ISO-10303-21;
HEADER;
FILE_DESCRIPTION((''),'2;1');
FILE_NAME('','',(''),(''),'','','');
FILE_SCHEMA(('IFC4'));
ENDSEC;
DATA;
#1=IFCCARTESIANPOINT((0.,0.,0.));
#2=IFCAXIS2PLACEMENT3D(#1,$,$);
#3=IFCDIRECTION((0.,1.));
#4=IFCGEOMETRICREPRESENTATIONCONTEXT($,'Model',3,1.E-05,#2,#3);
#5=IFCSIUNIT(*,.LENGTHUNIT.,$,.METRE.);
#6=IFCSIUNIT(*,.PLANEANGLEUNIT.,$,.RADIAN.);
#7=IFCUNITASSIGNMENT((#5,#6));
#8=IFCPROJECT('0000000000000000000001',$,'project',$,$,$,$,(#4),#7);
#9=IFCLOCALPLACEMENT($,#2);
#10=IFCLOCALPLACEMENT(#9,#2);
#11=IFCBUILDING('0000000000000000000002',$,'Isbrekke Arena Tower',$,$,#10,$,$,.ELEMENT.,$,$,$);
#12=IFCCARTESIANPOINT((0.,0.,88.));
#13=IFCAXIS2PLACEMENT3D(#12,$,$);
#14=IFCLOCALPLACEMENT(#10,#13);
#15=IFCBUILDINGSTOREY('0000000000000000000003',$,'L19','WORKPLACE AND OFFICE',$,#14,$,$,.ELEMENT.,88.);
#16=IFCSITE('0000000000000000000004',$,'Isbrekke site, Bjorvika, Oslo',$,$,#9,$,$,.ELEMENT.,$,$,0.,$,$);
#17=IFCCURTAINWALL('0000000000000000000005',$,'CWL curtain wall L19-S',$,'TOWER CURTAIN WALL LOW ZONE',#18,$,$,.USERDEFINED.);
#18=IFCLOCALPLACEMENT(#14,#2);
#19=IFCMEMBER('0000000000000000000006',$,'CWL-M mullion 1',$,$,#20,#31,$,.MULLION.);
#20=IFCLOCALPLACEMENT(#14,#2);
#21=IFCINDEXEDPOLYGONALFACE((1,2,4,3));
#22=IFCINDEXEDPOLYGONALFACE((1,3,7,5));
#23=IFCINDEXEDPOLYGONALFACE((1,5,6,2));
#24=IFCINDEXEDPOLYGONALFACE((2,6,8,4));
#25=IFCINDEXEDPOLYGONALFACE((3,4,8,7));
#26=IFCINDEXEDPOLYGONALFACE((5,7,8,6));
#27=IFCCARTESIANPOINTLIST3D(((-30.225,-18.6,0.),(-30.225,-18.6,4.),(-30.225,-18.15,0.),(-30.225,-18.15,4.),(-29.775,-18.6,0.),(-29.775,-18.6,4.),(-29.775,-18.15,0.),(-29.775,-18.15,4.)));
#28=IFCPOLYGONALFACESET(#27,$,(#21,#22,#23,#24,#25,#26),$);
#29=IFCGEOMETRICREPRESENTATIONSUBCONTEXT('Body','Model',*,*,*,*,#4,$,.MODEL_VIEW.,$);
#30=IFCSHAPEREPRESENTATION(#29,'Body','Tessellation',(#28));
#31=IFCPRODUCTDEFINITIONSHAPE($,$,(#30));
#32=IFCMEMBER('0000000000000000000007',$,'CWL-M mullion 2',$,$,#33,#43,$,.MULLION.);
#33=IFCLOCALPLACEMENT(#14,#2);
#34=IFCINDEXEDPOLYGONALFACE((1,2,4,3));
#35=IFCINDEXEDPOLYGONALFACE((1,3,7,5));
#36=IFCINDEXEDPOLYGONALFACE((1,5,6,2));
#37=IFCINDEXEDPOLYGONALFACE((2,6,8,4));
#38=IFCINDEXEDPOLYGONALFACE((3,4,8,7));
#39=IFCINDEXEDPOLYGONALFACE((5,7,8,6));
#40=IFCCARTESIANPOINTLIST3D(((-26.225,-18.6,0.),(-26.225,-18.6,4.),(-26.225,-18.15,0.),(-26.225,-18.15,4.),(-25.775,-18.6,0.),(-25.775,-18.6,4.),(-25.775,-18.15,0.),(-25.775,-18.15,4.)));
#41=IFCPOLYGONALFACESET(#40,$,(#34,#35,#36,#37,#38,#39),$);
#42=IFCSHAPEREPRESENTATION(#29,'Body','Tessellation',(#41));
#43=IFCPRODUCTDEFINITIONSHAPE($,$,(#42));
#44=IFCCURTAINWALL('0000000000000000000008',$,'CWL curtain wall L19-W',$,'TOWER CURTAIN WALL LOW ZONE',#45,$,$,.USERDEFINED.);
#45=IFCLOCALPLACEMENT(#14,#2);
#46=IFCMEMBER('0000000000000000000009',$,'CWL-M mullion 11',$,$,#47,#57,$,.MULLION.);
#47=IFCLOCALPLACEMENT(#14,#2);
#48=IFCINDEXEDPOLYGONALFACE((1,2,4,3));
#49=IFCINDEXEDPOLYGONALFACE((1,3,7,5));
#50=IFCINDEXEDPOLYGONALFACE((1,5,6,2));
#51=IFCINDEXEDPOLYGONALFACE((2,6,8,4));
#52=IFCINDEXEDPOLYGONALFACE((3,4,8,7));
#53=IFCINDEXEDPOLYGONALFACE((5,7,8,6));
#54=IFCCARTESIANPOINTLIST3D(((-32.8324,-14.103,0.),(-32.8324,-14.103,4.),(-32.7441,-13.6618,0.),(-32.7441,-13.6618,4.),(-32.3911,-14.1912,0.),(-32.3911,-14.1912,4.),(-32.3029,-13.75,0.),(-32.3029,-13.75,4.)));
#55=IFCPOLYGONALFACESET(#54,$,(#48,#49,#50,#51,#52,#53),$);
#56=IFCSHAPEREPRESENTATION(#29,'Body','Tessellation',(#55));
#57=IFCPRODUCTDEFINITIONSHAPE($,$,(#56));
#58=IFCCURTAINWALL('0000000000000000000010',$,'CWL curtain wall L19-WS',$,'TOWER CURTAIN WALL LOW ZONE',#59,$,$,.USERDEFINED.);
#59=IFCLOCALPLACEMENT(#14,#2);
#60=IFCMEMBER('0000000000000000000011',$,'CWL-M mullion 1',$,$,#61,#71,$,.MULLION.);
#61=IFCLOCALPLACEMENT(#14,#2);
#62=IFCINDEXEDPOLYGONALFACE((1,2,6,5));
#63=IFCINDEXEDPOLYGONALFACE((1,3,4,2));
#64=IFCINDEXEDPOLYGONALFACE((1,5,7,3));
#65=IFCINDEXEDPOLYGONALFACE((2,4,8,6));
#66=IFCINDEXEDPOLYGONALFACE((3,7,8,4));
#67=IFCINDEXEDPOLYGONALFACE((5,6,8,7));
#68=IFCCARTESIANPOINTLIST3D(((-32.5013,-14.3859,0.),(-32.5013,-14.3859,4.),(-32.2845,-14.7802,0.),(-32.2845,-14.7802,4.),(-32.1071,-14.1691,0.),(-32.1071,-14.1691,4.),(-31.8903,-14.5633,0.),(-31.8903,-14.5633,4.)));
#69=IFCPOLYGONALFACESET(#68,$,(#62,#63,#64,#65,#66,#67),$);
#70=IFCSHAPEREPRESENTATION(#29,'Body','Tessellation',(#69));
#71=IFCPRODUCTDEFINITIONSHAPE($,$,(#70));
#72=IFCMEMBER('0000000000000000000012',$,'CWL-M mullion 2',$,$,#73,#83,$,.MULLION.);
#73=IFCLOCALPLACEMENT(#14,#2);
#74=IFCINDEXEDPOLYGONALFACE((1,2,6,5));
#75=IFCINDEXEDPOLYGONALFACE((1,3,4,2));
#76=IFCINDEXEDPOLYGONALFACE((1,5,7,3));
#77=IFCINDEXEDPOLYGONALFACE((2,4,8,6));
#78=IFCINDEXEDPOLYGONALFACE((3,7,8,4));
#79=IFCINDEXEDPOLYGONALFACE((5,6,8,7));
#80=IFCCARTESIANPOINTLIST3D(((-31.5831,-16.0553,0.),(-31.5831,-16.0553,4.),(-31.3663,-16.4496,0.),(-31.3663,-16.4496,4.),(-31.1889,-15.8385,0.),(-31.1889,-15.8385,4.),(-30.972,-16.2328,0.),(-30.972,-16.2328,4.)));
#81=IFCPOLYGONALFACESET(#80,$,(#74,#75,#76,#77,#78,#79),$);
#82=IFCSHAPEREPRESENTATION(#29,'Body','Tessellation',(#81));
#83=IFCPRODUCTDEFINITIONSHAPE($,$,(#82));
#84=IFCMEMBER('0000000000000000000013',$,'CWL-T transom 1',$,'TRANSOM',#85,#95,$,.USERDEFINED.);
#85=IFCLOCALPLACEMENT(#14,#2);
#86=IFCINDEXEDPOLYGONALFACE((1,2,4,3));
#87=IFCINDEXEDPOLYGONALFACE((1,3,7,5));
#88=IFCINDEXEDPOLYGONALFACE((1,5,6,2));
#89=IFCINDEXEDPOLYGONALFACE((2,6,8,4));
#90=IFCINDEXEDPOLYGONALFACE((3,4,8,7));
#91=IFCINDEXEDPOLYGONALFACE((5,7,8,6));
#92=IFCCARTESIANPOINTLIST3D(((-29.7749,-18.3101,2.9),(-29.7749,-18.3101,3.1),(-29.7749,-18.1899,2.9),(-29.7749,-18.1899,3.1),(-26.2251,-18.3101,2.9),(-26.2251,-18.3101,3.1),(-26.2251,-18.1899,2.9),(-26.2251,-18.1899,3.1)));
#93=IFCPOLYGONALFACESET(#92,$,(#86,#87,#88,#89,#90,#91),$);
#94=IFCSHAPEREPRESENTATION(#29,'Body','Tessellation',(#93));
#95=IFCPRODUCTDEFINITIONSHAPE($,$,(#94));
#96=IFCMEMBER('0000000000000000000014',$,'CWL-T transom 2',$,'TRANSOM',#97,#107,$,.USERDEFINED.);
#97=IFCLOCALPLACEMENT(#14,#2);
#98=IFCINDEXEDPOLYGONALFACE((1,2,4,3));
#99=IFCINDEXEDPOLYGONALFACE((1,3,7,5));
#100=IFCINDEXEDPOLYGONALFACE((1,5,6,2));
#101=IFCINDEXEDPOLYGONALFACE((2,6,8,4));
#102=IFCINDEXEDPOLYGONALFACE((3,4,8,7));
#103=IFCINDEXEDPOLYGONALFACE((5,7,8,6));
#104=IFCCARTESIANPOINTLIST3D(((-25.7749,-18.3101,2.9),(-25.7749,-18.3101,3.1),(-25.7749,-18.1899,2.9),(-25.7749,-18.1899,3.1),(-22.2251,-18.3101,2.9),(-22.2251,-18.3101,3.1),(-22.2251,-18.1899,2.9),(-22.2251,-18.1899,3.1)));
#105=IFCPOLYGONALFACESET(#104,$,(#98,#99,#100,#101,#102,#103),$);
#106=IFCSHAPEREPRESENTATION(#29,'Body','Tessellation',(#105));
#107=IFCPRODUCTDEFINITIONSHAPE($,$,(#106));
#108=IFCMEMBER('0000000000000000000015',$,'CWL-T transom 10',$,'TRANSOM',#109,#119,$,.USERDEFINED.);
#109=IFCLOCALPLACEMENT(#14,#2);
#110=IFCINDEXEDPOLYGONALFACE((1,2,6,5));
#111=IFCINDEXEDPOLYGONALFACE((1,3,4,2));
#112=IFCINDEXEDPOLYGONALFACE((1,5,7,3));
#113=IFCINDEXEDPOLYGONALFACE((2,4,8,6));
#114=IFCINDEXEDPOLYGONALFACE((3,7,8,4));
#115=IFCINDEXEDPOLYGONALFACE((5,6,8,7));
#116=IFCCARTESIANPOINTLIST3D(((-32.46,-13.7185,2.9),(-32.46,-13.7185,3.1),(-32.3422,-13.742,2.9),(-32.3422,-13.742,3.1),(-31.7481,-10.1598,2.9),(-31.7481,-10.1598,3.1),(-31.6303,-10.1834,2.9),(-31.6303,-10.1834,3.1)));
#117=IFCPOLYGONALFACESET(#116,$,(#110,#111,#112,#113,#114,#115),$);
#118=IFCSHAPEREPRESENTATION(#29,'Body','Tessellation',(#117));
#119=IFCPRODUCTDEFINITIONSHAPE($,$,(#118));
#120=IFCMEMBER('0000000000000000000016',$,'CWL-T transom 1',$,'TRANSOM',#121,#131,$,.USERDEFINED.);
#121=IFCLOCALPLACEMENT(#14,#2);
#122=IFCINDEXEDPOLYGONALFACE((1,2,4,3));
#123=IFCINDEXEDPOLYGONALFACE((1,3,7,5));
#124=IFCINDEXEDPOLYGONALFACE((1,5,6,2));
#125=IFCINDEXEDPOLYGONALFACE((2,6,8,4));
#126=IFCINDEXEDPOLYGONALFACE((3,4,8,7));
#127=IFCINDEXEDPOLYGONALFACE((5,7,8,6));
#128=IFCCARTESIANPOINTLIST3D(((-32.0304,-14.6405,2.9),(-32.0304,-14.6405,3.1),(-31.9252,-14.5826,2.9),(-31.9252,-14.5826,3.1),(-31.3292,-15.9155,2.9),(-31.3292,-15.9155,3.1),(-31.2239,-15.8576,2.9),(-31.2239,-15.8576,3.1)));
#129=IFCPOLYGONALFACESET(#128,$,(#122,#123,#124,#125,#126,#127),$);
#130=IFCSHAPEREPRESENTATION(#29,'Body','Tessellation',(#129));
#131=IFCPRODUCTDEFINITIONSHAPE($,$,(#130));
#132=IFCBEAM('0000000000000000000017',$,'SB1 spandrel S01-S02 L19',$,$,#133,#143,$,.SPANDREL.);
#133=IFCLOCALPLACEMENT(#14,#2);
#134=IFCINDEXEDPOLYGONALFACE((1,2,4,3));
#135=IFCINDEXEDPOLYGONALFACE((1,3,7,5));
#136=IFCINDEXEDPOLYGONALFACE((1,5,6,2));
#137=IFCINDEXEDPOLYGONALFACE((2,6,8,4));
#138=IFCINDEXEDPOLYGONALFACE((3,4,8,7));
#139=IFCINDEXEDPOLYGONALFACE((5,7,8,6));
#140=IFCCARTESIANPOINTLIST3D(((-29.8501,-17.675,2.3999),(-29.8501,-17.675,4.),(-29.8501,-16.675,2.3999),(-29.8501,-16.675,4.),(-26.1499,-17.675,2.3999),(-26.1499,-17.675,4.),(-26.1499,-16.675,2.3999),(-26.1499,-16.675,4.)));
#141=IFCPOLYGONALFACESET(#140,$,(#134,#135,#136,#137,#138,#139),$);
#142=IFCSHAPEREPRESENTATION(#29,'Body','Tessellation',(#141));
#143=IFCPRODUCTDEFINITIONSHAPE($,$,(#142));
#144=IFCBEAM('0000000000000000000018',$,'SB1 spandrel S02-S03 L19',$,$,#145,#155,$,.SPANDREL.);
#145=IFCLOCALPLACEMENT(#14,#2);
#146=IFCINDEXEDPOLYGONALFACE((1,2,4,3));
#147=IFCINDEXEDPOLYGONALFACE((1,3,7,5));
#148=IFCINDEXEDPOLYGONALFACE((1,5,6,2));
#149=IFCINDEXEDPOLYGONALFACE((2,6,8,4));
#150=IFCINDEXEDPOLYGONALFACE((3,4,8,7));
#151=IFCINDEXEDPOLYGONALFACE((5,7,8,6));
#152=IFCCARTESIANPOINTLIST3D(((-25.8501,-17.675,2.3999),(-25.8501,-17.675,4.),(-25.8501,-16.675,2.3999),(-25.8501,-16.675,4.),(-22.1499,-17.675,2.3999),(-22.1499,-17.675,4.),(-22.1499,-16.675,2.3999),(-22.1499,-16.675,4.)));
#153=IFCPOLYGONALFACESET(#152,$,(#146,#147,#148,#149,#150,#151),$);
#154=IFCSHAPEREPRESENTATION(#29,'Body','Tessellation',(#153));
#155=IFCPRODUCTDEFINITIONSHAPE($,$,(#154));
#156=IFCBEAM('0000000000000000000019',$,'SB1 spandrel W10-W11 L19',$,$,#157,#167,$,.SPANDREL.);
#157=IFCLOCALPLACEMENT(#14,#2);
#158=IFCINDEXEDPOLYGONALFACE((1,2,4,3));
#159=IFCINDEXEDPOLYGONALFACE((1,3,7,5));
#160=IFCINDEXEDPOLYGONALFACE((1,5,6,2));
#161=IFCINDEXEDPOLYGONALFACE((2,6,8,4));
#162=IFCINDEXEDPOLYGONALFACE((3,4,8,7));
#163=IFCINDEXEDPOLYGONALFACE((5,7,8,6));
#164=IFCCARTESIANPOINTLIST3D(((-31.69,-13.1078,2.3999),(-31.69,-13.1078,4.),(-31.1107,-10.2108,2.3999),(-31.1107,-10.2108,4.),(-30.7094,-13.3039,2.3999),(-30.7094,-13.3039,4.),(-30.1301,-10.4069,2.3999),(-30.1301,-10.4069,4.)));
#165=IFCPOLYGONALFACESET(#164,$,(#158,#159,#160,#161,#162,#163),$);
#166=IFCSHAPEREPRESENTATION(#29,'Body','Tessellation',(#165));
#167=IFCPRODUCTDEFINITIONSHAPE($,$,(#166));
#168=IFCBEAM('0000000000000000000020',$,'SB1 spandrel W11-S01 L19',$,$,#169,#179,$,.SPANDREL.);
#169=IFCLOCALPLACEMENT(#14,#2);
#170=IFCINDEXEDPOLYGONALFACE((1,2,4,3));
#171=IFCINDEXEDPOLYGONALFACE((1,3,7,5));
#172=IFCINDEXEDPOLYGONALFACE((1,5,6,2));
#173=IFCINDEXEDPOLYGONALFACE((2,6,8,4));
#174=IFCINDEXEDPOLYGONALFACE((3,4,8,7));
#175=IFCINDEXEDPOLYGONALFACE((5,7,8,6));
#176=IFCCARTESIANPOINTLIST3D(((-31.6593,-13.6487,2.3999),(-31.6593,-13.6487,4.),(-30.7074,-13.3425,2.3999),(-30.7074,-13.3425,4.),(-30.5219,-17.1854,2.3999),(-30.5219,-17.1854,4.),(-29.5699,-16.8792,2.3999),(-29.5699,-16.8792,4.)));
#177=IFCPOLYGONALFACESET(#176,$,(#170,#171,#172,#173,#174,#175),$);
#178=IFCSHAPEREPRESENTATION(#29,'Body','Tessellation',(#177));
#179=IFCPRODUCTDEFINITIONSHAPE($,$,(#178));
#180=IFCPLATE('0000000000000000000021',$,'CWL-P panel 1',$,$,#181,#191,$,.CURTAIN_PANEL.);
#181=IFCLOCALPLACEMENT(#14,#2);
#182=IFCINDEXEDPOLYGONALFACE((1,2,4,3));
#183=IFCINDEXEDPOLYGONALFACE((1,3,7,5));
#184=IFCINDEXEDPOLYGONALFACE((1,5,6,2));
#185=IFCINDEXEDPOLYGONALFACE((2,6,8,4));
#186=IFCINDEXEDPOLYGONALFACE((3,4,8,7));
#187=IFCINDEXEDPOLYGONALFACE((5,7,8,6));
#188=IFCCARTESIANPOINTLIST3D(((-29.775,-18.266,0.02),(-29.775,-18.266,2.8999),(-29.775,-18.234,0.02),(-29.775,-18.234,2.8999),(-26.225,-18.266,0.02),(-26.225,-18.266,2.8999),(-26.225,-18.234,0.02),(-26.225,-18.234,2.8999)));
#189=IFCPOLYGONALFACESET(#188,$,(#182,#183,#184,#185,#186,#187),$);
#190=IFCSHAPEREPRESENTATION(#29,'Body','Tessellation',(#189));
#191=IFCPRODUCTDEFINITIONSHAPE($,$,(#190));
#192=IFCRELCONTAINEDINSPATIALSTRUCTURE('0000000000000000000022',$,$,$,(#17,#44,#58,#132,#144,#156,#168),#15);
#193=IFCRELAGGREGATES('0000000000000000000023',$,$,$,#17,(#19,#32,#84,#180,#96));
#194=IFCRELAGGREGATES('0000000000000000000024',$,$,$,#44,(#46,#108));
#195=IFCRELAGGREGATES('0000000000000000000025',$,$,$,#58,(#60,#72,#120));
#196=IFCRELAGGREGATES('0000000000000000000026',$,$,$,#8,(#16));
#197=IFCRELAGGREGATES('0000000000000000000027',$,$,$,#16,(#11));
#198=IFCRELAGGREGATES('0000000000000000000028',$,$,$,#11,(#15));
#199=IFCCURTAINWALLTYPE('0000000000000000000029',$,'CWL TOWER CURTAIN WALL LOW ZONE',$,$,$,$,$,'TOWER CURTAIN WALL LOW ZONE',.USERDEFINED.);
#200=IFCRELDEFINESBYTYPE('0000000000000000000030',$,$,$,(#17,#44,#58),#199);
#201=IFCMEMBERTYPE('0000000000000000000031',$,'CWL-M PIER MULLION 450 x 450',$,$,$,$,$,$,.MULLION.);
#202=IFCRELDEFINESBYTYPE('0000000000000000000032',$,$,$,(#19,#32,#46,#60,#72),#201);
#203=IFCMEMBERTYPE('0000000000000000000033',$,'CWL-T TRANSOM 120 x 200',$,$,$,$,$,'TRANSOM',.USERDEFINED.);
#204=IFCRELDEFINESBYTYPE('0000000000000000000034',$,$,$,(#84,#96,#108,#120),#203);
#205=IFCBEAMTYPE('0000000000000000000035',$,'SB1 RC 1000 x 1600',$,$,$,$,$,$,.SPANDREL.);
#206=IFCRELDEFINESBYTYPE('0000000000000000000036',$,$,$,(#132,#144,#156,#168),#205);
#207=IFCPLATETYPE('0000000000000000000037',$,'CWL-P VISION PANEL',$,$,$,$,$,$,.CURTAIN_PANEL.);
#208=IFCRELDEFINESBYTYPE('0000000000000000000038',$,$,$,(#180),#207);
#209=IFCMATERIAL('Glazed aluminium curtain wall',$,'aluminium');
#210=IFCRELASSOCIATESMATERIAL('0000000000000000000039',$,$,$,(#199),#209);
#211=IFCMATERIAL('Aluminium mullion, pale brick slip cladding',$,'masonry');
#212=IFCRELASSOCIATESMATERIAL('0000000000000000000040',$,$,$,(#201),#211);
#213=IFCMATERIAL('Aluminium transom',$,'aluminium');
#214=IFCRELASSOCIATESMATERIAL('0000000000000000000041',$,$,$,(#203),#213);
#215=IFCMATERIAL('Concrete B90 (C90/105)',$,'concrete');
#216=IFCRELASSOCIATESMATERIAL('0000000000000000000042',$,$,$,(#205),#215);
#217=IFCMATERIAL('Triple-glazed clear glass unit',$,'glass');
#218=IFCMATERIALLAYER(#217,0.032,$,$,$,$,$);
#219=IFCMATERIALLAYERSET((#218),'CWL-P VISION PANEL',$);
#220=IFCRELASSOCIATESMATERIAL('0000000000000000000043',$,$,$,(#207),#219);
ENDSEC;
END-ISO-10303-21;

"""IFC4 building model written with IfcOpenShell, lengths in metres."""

from ifc_helpers import new_model, si_unit, direction, frame, origin, origin_2d, place, context, subcontext, project, spatial, rectangle, extrude, material, layer, layer_set, material_profile, profile_set, type_object, element, aggregate, save


model = new_model("IFC4")

# Units and contexts
model_context = context("Model", 3, precision=1e-05, world=origin(), true_north=direction((0.0, 1.0)))
body_context = subcontext(model_context, "Body", "Model", "MODEL_VIEW")
ifc_project = project(units=[si_unit("LENGTHUNIT", "METRE"), si_unit("PLANEANGLEUNIT", "RADIAN")], contexts=[model_context])

# Site, building, storey
site_placement = place(None, origin())
site = spatial("IfcSite", under=ifc_project, at=site_placement, Name="Isbrekke site, Bjorvika, Oslo", CompositionType="ELEMENT", RefElevation=0.0)
building_placement = place(site_placement, origin())
building = spatial("IfcBuilding", under=site, at=building_placement, Name="Isbrekke Arena Tower", CompositionType="ELEMENT")
storey_placement = place(building_placement, frame((0.0, 0.0, 88.0)))
storey = spatial("IfcBuildingStorey", under=building, at=storey_placement, Name="L19", Description="WORKPLACE AND OFFICE", CompositionType="ELEMENT", Elevation=88.0)

# Curtain wall, members
ifc_material_1 = material(Name="Glazed aluminium curtain wall", Category="aluminium")
curtain_wall_type = type_object("IfcCurtainWallType", Name="CWL TOWER CURTAIN WALL LOW ZONE", ElementType="TOWER CURTAIN WALL LOW ZONE", PredefinedType="USERDEFINED", material=ifc_material_1)
curtain_wall_1_placement = place(storey_placement, origin())
curtain_wall_1 = element("IfcCurtainWall", 1, at=curtain_wall_1_placement, inside=storey, type_object=curtain_wall_type, Name="CWL curtain wall L19-S", ObjectType="TOWER CURTAIN WALL LOW ZONE", PredefinedType="USERDEFINED")
ifc_material_2 = material(Name="Aluminium mullion, pale brick slip cladding", Category="masonry")
ifc_material_profile_1 = material_profile(ifc_material_2, rectangle(XDim=0.45, YDim=0.45, at=origin_2d()), Name="PIER 450X450")
ifc_profile_set_1 = profile_set([ifc_material_profile_1], Name="Aluminium mullion, pale brick slip cladding")
member_type_1 = type_object("IfcMemberType", Name="CWL-M PIER MULLION 450 x 450", PredefinedType="MULLION", material=ifc_profile_set_1)
member_1_placement = place(storey_placement, frame((-30.0, -18.375, 0.0), z_axis=(0.0, 0.0, 1.0), x_axis=(1.0, 0.0, 0.0)))
member_1 = element("IfcMember", 2, at=member_1_placement, type_object=member_type_1, Name="CWL-M mullion 1", PredefinedType="MULLION", context=body_context, shape_type="SweptSolid", body=[
    extrude(rectangle(XDim=0.45, YDim=0.45, at=origin_2d()), origin(), (0.0, 0.0, 1.0), 4.0),
])
member_2_placement = place(storey_placement, frame((-26.0, -18.375, 0.0), z_axis=(0.0, 0.0, 1.0), x_axis=(1.0, 0.0, 0.0)))
member_2 = element("IfcMember", 3, at=member_2_placement, type_object=member_type_1, Name="CWL-M mullion 2", PredefinedType="MULLION", context=body_context, shape_type="SweptSolid", body=[
    extrude(rectangle(XDim=0.45, YDim=0.45, at=origin_2d()), origin(), (0.0, 0.0, 1.0), 4.0),
])

# Curtain wall, member
curtain_wall_2_placement = place(storey_placement, origin())
curtain_wall_2 = element("IfcCurtainWall", 4, at=curtain_wall_2_placement, inside=storey, type_object=curtain_wall_type, Name="CWL curtain wall L19-W", ObjectType="TOWER CURTAIN WALL LOW ZONE", PredefinedType="USERDEFINED")
member_3_placement = place(storey_placement, frame((-32.5676, -13.9265, 0.0), z_axis=(0.0, 0.0, 1.0), x_axis=(-0.196116, -0.980581, 0.0)))
member_3 = element("IfcMember", 5, at=member_3_placement, type_object=member_type_1, Name="CWL-M mullion 11", PredefinedType="MULLION", context=body_context, shape_type="SweptSolid", body=[
    extrude(rectangle(XDim=0.45, YDim=0.45, at=origin_2d()), origin(), (0.0, 0.0, 1.0), 4.0),
])

# Curtain wall, members
curtain_wall_3_placement = place(storey_placement, origin())
curtain_wall_3 = element("IfcCurtainWall", 6, at=curtain_wall_3_placement, inside=storey, type_object=curtain_wall_type, Name="CWL curtain wall L19-WS", ObjectType="TOWER CURTAIN WALL LOW ZONE", PredefinedType="USERDEFINED")
member_4_placement = place(storey_placement, frame((-32.1958, -14.4746, 0.0), z_axis=(0.0, 0.0, 1.0), x_axis=(0.481919, -0.876216, 0.0)))
member_4 = element("IfcMember", 7, at=member_4_placement, type_object=member_type_1, Name="CWL-M mullion 1", PredefinedType="MULLION", context=body_context, shape_type="SweptSolid", body=[
    extrude(rectangle(XDim=0.45, YDim=0.45, at=origin_2d()), origin(), (0.0, 0.0, 1.0), 4.0),
])
member_5_placement = place(storey_placement, frame((-31.2776, -16.144, 0.0), z_axis=(0.0, 0.0, 1.0), x_axis=(0.481919, -0.876216, 0.0)))
member_5 = element("IfcMember", 8, at=member_5_placement, type_object=member_type_1, Name="CWL-M mullion 2", PredefinedType="MULLION", context=body_context, shape_type="SweptSolid", body=[
    extrude(rectangle(XDim=0.45, YDim=0.45, at=origin_2d()), origin(), (0.0, 0.0, 1.0), 4.0),
])

# Members
ifc_material_3 = material(Name="Aluminium transom", Category="aluminium")
ifc_material_profile_2 = material_profile(ifc_material_3, rectangle(XDim=0.1201, YDim=0.2, at=origin_2d()), Name="TRANSOM 120X200")
ifc_profile_set_2 = profile_set([ifc_material_profile_2], Name="Aluminium transom")
member_type_2 = type_object("IfcMemberType", Name="CWL-T TRANSOM 120 x 200", ElementType="TRANSOM", PredefinedType="USERDEFINED", material=ifc_profile_set_2)
member_6_placement = place(storey_placement, frame((-29.7749, -18.25, 3.0), z_axis=(1.0, 0.0, 0.0), x_axis=(0.0, 1.0, 0.0)))
member_6 = element("IfcMember", 9, at=member_6_placement, type_object=member_type_2, Name="CWL-T transom 1", ObjectType="TRANSOM", PredefinedType="USERDEFINED", context=body_context, shape_type="SweptSolid", body=[
    extrude(rectangle(XDim=0.1201, YDim=0.2, at=origin_2d()), origin(), (0.0, 0.0, 1.0), 3.5498),
])
member_7_placement = place(storey_placement, frame((-25.7749, -18.25, 3.0), z_axis=(1.0, 0.0, 0.0), x_axis=(0.0, 1.0, 0.0)))
member_7 = element("IfcMember", 10, at=member_7_placement, type_object=member_type_2, Name="CWL-T transom 2", ObjectType="TRANSOM", PredefinedType="USERDEFINED", context=body_context, shape_type="SweptSolid", body=[
    extrude(rectangle(XDim=0.1201, YDim=0.2, at=origin_2d()), origin(), (0.0, 0.0, 1.0), 3.5498),
])
member_8_placement = place(storey_placement, frame((-31.6892, -10.1716, 3.0), z_axis=(-0.196168, -0.98057, 0.0), x_axis=(0.98057, -0.196168, 0.0)))
member_8 = element("IfcMember", 11, at=member_8_placement, type_object=member_type_2, Name="CWL-T transom 10", ObjectType="TRANSOM", PredefinedType="USERDEFINED", context=body_context, shape_type="SweptSolid", body=[
    extrude(rectangle(XDim=0.1201, YDim=0.2, at=origin_2d()), origin(), (0.0, 0.0, 1.0), 3.6292),
])
member_9_placement = place(storey_placement, frame((-31.9778, -14.6116, 3.0), z_axis=(0.481906, -0.876223, 0.0), x_axis=(0.876223, 0.481906, 0.0)))
member_9 = element("IfcMember", 12, at=member_9_placement, type_object=member_type_2, Name="CWL-T transom 1", ObjectType="TRANSOM", PredefinedType="USERDEFINED", context=body_context, shape_type="SweptSolid", body=[
    extrude(rectangle(XDim=0.1201, YDim=0.2, at=origin_2d()), origin(), (0.0, 0.0, 1.0), 1.4551),
])

# Beams
ifc_material_4 = material(Name="Concrete B90 (C90/105)", Category="concrete")
ifc_material_profile_3 = material_profile(ifc_material_4, rectangle(XDim=1.0, YDim=1.6001, at=origin_2d()), Name="RC 1000x1600")
ifc_profile_set_3 = profile_set([ifc_material_profile_3], Name="Concrete B90 (C90/105)")
beam_type_1 = type_object("IfcBeamType", Name="SB1 RC 1000 x 1600", PredefinedType="SPANDREL", material=ifc_profile_set_3)
for number, where, z_axis, x_axis, name in (
    (13, (-29.8501, -17.175, 3.2), (1.0, 0.0, 0.0), (0.0, 1.0, 0.0), "SB1 spandrel S01-S02 L19"),
    (14, (-25.8501, -17.175, 3.2), (1.0, 0.0, 0.0), (0.0, 1.0, 0.0), "SB1 spandrel S02-S03 L19"),
):
    element("IfcBeam", number, at=place(storey_placement, frame(where, z_axis=z_axis, x_axis=x_axis)), inside=storey, type_object=beam_type_1, Name=name, PredefinedType="SPANDREL", context=body_context, shape_type="SweptSolid", body=[
        extrude(rectangle(XDim=1.0, YDim=1.6001, at=origin_2d()), origin(), (0.0, 0.0, 1.0), 3.7002),
    ])
beam_1_placement = place(storey_placement, frame((-30.6204, -10.3088, 3.2), z_axis=(-0.1961, -0.980584, 0.0), x_axis=(0.980584, -0.1961, 0.0)))
element("IfcBeam", 15, at=beam_1_placement, inside=storey, type_object=beam_type_1, Name="SB1 spandrel W10-W11 L19", PredefinedType="SPANDREL", context=body_context, shape_type="SweptSolid", body=[
    extrude(rectangle(XDim=1.0, YDim=1.6001, at=origin_2d()), origin(), (0.0, 0.0, 1.0), 2.9543),
])
beam_2_placement = place(storey_placement, frame((-31.1833, -13.4956, 3.2), z_axis=(0.306175, -0.951975, 0.0), x_axis=(0.951975, 0.306175, 0.0)))
element("IfcBeam", 16, at=beam_2_placement, inside=storey, type_object=beam_type_1, Name="SB1 spandrel W11-S01 L19", PredefinedType="SPANDREL", context=body_context, shape_type="SweptSolid", body=[
    extrude(rectangle(XDim=1.0, YDim=1.6001, at=origin_2d()), origin(), (0.0, 0.0, 1.0), 3.7151),
])

# Plate
ifc_material_5 = material(Name="Triple-glazed clear glass unit", Category="glass")
ifc_layer_1 = layer(ifc_material_5, 0.032)
ifc_layer_set_1 = layer_set([ifc_layer_1], Name="CWL-P VISION PANEL")
plate_type = type_object("IfcPlateType", Name="CWL-P VISION PANEL", PredefinedType="CURTAIN_PANEL", material=ifc_layer_set_1)
plate_1_placement = place(storey_placement, frame((-28.0, -18.25, 0.02), z_axis=(0.0, 0.0, 1.0), x_axis=(1.0, 0.0, 0.0)))
plate_1 = element("IfcPlate", 17, at=plate_1_placement, type_object=plate_type, Name="CWL-P panel 1", PredefinedType="CURTAIN_PANEL", context=body_context, shape_type="SweptSolid", body=[
    extrude(rectangle(XDim=3.55, YDim=0.032, at=origin_2d()), origin(), (0.0, 0.0, 1.0), 2.8799),
])
aggregate(curtain_wall_1, [member_1, member_2, member_6, plate_1, member_7])
aggregate(curtain_wall_2, [member_3, member_8])
aggregate(curtain_wall_3, [member_4, member_5, member_9])

save(model, "model.ifc")
